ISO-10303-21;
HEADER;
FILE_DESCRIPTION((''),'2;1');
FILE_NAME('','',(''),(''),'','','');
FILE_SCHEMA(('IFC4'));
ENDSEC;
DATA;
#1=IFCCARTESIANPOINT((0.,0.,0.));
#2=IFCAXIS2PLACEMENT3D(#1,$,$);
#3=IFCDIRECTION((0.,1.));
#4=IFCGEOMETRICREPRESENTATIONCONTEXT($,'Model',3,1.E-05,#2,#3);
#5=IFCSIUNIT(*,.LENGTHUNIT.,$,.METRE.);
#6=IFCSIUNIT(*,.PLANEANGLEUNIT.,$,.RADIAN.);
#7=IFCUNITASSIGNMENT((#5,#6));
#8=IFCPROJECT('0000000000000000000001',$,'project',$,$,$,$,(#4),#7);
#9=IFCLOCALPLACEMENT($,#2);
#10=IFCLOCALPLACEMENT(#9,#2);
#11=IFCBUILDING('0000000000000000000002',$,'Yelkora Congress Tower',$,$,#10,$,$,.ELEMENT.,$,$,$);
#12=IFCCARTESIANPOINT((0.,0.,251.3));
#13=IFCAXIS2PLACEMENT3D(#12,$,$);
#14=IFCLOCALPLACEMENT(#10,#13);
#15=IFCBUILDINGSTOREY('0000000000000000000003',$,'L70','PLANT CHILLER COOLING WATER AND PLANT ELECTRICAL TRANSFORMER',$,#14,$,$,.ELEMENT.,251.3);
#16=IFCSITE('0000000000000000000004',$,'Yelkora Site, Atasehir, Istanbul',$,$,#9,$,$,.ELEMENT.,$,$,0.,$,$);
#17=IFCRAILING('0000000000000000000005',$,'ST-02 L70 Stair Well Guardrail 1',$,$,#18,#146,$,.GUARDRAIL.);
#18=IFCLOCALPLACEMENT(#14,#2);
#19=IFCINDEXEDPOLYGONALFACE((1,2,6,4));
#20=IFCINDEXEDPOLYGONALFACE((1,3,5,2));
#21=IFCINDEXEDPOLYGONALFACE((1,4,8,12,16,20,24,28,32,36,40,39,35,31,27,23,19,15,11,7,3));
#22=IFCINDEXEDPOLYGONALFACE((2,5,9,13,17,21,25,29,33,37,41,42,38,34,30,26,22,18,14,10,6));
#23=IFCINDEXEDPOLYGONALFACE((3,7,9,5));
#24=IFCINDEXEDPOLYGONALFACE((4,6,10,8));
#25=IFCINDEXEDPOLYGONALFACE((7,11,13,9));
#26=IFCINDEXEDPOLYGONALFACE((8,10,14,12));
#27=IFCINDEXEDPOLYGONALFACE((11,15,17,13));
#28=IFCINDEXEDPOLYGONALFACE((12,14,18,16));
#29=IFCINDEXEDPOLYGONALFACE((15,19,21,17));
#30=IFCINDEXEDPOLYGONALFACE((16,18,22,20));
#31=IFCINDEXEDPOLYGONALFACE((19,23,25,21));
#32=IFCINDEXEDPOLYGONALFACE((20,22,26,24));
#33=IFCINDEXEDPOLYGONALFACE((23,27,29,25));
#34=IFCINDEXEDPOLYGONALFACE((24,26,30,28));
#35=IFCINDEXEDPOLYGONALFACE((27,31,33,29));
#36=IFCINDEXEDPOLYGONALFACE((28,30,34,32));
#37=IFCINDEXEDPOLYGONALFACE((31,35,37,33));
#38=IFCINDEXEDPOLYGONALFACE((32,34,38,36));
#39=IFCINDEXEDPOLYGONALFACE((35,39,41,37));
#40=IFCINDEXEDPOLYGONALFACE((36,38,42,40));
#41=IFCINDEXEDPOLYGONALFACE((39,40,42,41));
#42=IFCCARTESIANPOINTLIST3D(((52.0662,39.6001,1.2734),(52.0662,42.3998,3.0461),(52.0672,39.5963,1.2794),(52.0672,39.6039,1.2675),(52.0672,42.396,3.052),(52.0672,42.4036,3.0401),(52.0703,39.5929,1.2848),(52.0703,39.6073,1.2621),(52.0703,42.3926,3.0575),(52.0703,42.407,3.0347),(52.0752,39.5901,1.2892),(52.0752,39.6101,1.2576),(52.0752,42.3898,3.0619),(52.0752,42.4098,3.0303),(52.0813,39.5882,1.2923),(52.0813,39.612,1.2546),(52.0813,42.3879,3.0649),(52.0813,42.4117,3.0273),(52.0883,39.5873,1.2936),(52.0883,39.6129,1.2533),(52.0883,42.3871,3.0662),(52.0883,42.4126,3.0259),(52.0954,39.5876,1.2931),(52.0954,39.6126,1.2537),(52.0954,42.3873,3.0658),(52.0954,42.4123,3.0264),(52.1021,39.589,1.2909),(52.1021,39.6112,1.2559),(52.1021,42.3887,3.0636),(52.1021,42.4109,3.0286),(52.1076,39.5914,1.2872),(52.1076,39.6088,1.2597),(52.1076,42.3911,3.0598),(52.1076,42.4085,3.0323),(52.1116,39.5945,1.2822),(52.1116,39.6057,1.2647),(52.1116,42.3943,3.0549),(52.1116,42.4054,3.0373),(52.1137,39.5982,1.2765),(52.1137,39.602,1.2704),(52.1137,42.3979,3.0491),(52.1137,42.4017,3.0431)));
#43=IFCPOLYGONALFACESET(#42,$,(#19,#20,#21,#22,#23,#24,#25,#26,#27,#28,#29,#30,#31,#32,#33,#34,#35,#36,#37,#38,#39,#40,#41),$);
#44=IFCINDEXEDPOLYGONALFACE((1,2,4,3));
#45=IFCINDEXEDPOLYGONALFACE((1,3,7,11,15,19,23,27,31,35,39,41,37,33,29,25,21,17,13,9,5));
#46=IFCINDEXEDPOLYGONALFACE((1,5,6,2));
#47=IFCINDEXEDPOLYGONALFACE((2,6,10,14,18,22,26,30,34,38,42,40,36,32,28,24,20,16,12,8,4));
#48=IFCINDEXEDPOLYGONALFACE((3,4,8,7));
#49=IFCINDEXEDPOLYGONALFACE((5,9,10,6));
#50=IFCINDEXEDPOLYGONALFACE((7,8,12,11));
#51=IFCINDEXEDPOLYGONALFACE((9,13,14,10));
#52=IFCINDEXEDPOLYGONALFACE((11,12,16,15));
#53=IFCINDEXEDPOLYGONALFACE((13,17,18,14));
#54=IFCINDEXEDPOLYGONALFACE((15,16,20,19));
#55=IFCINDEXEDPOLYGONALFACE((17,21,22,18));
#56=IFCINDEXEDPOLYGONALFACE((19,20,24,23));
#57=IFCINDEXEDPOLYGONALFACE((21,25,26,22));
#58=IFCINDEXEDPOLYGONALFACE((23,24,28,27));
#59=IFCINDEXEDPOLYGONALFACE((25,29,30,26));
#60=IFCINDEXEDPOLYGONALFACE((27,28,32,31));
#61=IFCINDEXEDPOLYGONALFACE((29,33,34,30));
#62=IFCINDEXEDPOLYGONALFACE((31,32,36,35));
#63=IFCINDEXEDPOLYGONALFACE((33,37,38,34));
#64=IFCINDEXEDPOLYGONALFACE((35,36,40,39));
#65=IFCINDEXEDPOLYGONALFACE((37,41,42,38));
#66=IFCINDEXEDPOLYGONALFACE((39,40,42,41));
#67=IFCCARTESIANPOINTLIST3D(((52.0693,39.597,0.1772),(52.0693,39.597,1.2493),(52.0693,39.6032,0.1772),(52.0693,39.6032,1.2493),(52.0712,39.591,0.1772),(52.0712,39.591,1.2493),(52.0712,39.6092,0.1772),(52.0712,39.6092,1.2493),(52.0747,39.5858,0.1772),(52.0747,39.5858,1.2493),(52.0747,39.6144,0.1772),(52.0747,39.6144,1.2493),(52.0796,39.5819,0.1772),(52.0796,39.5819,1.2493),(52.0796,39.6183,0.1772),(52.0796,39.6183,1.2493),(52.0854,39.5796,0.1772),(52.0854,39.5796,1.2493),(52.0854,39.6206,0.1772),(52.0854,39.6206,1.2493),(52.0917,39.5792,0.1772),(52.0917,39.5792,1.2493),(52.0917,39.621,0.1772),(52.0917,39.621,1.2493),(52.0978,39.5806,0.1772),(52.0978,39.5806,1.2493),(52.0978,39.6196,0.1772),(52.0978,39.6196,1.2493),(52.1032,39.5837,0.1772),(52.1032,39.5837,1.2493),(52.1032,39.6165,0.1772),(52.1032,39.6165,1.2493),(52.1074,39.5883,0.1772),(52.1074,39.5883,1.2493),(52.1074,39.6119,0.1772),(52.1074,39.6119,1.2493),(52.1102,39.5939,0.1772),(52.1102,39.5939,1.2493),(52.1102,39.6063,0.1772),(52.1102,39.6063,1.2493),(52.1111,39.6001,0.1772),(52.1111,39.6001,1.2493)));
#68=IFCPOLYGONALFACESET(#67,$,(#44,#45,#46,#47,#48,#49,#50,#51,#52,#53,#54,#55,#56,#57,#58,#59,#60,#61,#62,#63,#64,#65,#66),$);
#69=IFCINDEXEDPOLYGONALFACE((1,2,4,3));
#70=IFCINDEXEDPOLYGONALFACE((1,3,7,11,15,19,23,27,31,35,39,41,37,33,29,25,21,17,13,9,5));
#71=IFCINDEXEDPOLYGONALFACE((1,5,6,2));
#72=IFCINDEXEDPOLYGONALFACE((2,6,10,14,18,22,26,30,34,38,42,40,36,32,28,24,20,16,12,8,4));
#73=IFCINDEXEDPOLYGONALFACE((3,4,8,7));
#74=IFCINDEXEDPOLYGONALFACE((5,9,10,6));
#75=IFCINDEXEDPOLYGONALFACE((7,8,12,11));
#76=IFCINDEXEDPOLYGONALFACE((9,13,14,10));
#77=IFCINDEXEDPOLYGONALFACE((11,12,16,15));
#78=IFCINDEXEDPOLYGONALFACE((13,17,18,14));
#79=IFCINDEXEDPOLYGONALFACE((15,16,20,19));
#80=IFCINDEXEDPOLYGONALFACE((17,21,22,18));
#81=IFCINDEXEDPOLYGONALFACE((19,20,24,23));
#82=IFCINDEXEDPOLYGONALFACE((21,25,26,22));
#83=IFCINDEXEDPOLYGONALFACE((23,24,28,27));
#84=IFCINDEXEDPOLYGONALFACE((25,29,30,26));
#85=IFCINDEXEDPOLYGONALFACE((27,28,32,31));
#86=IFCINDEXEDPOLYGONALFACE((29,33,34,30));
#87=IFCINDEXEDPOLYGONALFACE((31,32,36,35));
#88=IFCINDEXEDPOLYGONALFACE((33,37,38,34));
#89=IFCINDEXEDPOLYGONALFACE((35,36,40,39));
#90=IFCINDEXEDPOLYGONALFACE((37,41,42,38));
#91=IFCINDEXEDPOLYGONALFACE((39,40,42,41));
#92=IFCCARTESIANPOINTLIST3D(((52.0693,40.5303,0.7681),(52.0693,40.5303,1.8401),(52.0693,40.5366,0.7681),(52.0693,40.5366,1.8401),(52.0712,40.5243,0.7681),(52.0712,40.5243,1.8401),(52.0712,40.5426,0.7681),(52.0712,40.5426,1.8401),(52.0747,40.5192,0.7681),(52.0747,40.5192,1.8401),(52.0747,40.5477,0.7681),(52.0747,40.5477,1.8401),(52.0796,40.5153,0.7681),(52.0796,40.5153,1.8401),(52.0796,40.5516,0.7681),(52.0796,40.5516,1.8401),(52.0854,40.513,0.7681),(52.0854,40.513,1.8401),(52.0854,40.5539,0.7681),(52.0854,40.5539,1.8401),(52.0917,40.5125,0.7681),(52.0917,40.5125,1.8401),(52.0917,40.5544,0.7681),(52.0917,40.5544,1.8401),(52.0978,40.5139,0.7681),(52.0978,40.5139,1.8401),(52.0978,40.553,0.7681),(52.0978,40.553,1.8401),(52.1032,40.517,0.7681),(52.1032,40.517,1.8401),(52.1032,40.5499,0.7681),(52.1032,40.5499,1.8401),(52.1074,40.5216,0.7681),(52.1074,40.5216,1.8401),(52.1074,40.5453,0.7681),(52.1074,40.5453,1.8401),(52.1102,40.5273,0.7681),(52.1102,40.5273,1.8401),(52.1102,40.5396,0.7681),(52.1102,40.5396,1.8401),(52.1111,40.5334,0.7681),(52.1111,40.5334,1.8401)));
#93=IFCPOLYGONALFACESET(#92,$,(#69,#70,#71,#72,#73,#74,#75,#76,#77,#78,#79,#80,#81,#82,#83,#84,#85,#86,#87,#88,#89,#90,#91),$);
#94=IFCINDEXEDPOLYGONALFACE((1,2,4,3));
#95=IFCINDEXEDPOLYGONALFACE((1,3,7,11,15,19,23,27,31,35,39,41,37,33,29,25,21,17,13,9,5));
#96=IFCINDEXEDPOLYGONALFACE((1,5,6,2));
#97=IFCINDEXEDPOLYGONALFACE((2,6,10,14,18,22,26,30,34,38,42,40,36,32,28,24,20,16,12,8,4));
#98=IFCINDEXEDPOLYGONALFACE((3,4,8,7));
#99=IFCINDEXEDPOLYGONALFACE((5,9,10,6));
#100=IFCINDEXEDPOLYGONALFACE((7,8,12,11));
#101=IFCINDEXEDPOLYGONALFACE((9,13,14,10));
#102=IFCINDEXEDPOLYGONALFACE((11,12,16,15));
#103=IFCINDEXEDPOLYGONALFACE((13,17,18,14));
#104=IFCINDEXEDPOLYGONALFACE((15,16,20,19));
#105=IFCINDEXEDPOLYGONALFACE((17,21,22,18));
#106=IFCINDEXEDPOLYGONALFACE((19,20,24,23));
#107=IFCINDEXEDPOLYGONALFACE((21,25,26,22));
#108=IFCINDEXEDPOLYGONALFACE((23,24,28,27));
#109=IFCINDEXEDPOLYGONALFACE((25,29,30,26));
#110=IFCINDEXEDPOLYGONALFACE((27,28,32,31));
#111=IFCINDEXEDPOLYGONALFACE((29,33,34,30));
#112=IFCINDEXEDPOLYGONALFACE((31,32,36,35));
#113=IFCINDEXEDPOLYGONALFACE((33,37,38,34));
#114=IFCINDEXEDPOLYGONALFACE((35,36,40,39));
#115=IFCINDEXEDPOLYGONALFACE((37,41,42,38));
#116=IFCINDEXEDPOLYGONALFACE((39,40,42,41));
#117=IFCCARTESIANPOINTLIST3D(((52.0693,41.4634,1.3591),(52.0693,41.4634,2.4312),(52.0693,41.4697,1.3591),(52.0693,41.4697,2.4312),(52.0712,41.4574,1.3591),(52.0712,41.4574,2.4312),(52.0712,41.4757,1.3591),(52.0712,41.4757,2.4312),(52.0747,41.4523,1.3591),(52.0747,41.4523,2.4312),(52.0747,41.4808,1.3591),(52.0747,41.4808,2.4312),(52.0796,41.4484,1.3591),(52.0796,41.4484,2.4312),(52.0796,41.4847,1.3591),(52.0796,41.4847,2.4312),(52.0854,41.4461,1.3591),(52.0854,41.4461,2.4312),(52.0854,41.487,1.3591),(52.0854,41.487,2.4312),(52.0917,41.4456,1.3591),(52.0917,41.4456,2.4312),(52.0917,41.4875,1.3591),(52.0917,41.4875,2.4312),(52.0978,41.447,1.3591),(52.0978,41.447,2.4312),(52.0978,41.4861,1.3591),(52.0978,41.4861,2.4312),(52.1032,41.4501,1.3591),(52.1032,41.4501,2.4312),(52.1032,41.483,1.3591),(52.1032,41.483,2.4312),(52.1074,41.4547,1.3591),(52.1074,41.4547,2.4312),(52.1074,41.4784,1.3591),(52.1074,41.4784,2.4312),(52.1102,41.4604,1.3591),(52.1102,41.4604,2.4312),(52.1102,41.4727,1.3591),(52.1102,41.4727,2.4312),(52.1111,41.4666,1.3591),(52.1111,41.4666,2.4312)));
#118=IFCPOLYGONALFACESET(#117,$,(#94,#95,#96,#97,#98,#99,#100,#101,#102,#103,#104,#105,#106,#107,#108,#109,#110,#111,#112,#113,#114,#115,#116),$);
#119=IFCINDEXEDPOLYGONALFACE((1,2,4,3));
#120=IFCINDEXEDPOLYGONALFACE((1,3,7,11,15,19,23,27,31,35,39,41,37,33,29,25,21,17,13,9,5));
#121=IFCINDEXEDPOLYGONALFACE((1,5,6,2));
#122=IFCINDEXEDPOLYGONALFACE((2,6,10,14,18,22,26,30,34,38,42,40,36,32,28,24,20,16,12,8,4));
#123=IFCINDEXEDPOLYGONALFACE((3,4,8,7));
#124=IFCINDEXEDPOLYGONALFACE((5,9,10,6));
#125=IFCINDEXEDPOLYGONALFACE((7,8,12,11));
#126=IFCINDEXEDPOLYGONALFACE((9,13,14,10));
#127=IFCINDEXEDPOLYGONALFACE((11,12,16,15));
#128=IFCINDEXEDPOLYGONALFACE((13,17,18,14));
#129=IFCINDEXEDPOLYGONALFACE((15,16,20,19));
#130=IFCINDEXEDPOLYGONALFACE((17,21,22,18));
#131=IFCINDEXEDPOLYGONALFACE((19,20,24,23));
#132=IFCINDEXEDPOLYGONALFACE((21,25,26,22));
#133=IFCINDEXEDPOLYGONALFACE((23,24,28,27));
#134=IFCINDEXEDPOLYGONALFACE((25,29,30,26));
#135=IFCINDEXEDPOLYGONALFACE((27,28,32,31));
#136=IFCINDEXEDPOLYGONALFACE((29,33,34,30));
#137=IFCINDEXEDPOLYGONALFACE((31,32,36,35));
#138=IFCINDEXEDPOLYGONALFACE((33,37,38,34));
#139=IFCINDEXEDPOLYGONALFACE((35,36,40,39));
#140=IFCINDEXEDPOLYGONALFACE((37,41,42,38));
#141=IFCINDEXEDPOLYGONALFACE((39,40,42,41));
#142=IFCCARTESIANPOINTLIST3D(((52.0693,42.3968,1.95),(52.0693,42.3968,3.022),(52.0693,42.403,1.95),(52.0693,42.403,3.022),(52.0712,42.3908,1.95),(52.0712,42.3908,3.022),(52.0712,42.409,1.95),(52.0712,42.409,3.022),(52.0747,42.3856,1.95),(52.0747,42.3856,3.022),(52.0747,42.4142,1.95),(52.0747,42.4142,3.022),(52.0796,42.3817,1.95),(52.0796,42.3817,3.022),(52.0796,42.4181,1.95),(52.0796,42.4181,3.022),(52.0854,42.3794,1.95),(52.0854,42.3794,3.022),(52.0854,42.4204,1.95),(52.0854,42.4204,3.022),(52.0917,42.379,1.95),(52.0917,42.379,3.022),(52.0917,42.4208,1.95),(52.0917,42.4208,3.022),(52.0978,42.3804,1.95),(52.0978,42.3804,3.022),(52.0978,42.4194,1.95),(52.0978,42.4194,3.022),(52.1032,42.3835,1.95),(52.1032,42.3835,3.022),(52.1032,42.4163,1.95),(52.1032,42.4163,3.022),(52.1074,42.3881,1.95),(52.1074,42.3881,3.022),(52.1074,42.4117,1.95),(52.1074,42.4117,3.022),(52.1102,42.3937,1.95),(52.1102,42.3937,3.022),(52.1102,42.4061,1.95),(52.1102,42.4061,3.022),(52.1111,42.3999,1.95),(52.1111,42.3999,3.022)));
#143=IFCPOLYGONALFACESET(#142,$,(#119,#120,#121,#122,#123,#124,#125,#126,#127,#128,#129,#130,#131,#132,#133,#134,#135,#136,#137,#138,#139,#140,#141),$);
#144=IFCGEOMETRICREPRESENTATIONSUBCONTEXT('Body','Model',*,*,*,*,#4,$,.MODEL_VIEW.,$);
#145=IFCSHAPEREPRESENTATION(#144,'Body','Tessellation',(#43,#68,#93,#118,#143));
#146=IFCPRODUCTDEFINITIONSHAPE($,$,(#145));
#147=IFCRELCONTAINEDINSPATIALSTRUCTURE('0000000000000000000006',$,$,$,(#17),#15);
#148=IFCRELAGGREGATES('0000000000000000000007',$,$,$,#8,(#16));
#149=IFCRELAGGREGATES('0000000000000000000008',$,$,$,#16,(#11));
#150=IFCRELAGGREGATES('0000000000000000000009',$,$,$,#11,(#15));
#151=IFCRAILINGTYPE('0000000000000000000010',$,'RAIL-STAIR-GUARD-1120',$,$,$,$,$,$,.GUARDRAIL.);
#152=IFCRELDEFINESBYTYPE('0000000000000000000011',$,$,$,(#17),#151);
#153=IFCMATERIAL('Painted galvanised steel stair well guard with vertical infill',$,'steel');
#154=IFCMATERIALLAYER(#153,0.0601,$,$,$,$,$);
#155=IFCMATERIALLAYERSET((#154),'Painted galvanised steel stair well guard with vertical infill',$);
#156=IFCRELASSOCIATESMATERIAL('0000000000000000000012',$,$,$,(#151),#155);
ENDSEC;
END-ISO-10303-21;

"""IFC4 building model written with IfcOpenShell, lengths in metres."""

from ifc_helpers import new_model, si_unit, direction, frame, origin, origin_2d, place, context, subcontext, project, spatial, circle, extrude, material, layer, layer_set, type_object, element, save


model = new_model("IFC4")

# Units and contexts
model_context = context("Model", 3, precision=1e-05, world=origin(), true_north=direction((0.0, 1.0)))
body_context = subcontext(model_context, "Body", "Model", "MODEL_VIEW")
ifc_project = project(units=[si_unit("LENGTHUNIT", "METRE"), si_unit("PLANEANGLEUNIT", "RADIAN")], contexts=[model_context])

# Site, building, storey
site_placement = place(None, origin())
site = spatial("IfcSite", under=ifc_project, at=site_placement, Name="Yelkora Site, Atasehir, Istanbul", CompositionType="ELEMENT", RefElevation=0.0)
building_placement = place(site_placement, origin())
building = spatial("IfcBuilding", under=site, at=building_placement, Name="Yelkora Congress Tower", CompositionType="ELEMENT")
storey_placement = place(building_placement, frame((0.0, 0.0, 251.3)))
storey = spatial("IfcBuildingStorey", under=building, at=storey_placement, Name="L70", Description="PLANT CHILLER COOLING WATER AND PLANT ELECTRICAL TRANSFORMER", CompositionType="ELEMENT", Elevation=251.3)

# Railing
ifc_material_1 = material(Name="Painted galvanised steel stair well guard with vertical infill", Category="steel")
ifc_layer_1 = layer(ifc_material_1, 0.0601)
ifc_layer_set_1 = layer_set([ifc_layer_1], Name="Painted galvanised steel stair well guard with vertical infill")
railing_type_1 = type_object("IfcRailingType", Name="RAIL-STAIR-GUARD-1120", PredefinedType="GUARDRAIL", material=ifc_layer_set_1)
railing_1_placement = place(storey_placement, frame((52.0901, 39.6001, 0.1772)))
element("IfcRailing", 1, at=railing_1_placement, inside=storey, type_object=railing_type_1, Name="ST-02 L70 Stair Well Guardrail 1", PredefinedType="GUARDRAIL", context=body_context, shape_type="SweptSolid", body=[
    extrude(circle(Radius=0.0239, at=origin_2d()), frame((0.0, 0.0, 1.0962), z_axis=(0.0, 0.844888, 0.534943), x_axis=(-1.0, 0.0, 0.0)), (0.0, 0.0, 1.0), 3.3137),
    extrude(circle(Radius=0.021, at=origin_2d()), origin(), (0.0, 0.0, 1.0), 1.072),
    extrude(circle(Radius=0.021, at=origin_2d()), frame((0.0, 0.9333, 0.5908)), (0.0, 0.0, 1.0), 1.072),
    extrude(circle(Radius=0.021, at=origin_2d()), frame((0.0, 1.8665, 1.1819)), (0.0, 0.0, 1.0), 1.072),
    extrude(circle(Radius=0.021, at=origin_2d()), frame((0.0, 2.7998, 1.7727)), (0.0, 0.0, 1.0), 1.072),
])

save(model, "model.ifc")
